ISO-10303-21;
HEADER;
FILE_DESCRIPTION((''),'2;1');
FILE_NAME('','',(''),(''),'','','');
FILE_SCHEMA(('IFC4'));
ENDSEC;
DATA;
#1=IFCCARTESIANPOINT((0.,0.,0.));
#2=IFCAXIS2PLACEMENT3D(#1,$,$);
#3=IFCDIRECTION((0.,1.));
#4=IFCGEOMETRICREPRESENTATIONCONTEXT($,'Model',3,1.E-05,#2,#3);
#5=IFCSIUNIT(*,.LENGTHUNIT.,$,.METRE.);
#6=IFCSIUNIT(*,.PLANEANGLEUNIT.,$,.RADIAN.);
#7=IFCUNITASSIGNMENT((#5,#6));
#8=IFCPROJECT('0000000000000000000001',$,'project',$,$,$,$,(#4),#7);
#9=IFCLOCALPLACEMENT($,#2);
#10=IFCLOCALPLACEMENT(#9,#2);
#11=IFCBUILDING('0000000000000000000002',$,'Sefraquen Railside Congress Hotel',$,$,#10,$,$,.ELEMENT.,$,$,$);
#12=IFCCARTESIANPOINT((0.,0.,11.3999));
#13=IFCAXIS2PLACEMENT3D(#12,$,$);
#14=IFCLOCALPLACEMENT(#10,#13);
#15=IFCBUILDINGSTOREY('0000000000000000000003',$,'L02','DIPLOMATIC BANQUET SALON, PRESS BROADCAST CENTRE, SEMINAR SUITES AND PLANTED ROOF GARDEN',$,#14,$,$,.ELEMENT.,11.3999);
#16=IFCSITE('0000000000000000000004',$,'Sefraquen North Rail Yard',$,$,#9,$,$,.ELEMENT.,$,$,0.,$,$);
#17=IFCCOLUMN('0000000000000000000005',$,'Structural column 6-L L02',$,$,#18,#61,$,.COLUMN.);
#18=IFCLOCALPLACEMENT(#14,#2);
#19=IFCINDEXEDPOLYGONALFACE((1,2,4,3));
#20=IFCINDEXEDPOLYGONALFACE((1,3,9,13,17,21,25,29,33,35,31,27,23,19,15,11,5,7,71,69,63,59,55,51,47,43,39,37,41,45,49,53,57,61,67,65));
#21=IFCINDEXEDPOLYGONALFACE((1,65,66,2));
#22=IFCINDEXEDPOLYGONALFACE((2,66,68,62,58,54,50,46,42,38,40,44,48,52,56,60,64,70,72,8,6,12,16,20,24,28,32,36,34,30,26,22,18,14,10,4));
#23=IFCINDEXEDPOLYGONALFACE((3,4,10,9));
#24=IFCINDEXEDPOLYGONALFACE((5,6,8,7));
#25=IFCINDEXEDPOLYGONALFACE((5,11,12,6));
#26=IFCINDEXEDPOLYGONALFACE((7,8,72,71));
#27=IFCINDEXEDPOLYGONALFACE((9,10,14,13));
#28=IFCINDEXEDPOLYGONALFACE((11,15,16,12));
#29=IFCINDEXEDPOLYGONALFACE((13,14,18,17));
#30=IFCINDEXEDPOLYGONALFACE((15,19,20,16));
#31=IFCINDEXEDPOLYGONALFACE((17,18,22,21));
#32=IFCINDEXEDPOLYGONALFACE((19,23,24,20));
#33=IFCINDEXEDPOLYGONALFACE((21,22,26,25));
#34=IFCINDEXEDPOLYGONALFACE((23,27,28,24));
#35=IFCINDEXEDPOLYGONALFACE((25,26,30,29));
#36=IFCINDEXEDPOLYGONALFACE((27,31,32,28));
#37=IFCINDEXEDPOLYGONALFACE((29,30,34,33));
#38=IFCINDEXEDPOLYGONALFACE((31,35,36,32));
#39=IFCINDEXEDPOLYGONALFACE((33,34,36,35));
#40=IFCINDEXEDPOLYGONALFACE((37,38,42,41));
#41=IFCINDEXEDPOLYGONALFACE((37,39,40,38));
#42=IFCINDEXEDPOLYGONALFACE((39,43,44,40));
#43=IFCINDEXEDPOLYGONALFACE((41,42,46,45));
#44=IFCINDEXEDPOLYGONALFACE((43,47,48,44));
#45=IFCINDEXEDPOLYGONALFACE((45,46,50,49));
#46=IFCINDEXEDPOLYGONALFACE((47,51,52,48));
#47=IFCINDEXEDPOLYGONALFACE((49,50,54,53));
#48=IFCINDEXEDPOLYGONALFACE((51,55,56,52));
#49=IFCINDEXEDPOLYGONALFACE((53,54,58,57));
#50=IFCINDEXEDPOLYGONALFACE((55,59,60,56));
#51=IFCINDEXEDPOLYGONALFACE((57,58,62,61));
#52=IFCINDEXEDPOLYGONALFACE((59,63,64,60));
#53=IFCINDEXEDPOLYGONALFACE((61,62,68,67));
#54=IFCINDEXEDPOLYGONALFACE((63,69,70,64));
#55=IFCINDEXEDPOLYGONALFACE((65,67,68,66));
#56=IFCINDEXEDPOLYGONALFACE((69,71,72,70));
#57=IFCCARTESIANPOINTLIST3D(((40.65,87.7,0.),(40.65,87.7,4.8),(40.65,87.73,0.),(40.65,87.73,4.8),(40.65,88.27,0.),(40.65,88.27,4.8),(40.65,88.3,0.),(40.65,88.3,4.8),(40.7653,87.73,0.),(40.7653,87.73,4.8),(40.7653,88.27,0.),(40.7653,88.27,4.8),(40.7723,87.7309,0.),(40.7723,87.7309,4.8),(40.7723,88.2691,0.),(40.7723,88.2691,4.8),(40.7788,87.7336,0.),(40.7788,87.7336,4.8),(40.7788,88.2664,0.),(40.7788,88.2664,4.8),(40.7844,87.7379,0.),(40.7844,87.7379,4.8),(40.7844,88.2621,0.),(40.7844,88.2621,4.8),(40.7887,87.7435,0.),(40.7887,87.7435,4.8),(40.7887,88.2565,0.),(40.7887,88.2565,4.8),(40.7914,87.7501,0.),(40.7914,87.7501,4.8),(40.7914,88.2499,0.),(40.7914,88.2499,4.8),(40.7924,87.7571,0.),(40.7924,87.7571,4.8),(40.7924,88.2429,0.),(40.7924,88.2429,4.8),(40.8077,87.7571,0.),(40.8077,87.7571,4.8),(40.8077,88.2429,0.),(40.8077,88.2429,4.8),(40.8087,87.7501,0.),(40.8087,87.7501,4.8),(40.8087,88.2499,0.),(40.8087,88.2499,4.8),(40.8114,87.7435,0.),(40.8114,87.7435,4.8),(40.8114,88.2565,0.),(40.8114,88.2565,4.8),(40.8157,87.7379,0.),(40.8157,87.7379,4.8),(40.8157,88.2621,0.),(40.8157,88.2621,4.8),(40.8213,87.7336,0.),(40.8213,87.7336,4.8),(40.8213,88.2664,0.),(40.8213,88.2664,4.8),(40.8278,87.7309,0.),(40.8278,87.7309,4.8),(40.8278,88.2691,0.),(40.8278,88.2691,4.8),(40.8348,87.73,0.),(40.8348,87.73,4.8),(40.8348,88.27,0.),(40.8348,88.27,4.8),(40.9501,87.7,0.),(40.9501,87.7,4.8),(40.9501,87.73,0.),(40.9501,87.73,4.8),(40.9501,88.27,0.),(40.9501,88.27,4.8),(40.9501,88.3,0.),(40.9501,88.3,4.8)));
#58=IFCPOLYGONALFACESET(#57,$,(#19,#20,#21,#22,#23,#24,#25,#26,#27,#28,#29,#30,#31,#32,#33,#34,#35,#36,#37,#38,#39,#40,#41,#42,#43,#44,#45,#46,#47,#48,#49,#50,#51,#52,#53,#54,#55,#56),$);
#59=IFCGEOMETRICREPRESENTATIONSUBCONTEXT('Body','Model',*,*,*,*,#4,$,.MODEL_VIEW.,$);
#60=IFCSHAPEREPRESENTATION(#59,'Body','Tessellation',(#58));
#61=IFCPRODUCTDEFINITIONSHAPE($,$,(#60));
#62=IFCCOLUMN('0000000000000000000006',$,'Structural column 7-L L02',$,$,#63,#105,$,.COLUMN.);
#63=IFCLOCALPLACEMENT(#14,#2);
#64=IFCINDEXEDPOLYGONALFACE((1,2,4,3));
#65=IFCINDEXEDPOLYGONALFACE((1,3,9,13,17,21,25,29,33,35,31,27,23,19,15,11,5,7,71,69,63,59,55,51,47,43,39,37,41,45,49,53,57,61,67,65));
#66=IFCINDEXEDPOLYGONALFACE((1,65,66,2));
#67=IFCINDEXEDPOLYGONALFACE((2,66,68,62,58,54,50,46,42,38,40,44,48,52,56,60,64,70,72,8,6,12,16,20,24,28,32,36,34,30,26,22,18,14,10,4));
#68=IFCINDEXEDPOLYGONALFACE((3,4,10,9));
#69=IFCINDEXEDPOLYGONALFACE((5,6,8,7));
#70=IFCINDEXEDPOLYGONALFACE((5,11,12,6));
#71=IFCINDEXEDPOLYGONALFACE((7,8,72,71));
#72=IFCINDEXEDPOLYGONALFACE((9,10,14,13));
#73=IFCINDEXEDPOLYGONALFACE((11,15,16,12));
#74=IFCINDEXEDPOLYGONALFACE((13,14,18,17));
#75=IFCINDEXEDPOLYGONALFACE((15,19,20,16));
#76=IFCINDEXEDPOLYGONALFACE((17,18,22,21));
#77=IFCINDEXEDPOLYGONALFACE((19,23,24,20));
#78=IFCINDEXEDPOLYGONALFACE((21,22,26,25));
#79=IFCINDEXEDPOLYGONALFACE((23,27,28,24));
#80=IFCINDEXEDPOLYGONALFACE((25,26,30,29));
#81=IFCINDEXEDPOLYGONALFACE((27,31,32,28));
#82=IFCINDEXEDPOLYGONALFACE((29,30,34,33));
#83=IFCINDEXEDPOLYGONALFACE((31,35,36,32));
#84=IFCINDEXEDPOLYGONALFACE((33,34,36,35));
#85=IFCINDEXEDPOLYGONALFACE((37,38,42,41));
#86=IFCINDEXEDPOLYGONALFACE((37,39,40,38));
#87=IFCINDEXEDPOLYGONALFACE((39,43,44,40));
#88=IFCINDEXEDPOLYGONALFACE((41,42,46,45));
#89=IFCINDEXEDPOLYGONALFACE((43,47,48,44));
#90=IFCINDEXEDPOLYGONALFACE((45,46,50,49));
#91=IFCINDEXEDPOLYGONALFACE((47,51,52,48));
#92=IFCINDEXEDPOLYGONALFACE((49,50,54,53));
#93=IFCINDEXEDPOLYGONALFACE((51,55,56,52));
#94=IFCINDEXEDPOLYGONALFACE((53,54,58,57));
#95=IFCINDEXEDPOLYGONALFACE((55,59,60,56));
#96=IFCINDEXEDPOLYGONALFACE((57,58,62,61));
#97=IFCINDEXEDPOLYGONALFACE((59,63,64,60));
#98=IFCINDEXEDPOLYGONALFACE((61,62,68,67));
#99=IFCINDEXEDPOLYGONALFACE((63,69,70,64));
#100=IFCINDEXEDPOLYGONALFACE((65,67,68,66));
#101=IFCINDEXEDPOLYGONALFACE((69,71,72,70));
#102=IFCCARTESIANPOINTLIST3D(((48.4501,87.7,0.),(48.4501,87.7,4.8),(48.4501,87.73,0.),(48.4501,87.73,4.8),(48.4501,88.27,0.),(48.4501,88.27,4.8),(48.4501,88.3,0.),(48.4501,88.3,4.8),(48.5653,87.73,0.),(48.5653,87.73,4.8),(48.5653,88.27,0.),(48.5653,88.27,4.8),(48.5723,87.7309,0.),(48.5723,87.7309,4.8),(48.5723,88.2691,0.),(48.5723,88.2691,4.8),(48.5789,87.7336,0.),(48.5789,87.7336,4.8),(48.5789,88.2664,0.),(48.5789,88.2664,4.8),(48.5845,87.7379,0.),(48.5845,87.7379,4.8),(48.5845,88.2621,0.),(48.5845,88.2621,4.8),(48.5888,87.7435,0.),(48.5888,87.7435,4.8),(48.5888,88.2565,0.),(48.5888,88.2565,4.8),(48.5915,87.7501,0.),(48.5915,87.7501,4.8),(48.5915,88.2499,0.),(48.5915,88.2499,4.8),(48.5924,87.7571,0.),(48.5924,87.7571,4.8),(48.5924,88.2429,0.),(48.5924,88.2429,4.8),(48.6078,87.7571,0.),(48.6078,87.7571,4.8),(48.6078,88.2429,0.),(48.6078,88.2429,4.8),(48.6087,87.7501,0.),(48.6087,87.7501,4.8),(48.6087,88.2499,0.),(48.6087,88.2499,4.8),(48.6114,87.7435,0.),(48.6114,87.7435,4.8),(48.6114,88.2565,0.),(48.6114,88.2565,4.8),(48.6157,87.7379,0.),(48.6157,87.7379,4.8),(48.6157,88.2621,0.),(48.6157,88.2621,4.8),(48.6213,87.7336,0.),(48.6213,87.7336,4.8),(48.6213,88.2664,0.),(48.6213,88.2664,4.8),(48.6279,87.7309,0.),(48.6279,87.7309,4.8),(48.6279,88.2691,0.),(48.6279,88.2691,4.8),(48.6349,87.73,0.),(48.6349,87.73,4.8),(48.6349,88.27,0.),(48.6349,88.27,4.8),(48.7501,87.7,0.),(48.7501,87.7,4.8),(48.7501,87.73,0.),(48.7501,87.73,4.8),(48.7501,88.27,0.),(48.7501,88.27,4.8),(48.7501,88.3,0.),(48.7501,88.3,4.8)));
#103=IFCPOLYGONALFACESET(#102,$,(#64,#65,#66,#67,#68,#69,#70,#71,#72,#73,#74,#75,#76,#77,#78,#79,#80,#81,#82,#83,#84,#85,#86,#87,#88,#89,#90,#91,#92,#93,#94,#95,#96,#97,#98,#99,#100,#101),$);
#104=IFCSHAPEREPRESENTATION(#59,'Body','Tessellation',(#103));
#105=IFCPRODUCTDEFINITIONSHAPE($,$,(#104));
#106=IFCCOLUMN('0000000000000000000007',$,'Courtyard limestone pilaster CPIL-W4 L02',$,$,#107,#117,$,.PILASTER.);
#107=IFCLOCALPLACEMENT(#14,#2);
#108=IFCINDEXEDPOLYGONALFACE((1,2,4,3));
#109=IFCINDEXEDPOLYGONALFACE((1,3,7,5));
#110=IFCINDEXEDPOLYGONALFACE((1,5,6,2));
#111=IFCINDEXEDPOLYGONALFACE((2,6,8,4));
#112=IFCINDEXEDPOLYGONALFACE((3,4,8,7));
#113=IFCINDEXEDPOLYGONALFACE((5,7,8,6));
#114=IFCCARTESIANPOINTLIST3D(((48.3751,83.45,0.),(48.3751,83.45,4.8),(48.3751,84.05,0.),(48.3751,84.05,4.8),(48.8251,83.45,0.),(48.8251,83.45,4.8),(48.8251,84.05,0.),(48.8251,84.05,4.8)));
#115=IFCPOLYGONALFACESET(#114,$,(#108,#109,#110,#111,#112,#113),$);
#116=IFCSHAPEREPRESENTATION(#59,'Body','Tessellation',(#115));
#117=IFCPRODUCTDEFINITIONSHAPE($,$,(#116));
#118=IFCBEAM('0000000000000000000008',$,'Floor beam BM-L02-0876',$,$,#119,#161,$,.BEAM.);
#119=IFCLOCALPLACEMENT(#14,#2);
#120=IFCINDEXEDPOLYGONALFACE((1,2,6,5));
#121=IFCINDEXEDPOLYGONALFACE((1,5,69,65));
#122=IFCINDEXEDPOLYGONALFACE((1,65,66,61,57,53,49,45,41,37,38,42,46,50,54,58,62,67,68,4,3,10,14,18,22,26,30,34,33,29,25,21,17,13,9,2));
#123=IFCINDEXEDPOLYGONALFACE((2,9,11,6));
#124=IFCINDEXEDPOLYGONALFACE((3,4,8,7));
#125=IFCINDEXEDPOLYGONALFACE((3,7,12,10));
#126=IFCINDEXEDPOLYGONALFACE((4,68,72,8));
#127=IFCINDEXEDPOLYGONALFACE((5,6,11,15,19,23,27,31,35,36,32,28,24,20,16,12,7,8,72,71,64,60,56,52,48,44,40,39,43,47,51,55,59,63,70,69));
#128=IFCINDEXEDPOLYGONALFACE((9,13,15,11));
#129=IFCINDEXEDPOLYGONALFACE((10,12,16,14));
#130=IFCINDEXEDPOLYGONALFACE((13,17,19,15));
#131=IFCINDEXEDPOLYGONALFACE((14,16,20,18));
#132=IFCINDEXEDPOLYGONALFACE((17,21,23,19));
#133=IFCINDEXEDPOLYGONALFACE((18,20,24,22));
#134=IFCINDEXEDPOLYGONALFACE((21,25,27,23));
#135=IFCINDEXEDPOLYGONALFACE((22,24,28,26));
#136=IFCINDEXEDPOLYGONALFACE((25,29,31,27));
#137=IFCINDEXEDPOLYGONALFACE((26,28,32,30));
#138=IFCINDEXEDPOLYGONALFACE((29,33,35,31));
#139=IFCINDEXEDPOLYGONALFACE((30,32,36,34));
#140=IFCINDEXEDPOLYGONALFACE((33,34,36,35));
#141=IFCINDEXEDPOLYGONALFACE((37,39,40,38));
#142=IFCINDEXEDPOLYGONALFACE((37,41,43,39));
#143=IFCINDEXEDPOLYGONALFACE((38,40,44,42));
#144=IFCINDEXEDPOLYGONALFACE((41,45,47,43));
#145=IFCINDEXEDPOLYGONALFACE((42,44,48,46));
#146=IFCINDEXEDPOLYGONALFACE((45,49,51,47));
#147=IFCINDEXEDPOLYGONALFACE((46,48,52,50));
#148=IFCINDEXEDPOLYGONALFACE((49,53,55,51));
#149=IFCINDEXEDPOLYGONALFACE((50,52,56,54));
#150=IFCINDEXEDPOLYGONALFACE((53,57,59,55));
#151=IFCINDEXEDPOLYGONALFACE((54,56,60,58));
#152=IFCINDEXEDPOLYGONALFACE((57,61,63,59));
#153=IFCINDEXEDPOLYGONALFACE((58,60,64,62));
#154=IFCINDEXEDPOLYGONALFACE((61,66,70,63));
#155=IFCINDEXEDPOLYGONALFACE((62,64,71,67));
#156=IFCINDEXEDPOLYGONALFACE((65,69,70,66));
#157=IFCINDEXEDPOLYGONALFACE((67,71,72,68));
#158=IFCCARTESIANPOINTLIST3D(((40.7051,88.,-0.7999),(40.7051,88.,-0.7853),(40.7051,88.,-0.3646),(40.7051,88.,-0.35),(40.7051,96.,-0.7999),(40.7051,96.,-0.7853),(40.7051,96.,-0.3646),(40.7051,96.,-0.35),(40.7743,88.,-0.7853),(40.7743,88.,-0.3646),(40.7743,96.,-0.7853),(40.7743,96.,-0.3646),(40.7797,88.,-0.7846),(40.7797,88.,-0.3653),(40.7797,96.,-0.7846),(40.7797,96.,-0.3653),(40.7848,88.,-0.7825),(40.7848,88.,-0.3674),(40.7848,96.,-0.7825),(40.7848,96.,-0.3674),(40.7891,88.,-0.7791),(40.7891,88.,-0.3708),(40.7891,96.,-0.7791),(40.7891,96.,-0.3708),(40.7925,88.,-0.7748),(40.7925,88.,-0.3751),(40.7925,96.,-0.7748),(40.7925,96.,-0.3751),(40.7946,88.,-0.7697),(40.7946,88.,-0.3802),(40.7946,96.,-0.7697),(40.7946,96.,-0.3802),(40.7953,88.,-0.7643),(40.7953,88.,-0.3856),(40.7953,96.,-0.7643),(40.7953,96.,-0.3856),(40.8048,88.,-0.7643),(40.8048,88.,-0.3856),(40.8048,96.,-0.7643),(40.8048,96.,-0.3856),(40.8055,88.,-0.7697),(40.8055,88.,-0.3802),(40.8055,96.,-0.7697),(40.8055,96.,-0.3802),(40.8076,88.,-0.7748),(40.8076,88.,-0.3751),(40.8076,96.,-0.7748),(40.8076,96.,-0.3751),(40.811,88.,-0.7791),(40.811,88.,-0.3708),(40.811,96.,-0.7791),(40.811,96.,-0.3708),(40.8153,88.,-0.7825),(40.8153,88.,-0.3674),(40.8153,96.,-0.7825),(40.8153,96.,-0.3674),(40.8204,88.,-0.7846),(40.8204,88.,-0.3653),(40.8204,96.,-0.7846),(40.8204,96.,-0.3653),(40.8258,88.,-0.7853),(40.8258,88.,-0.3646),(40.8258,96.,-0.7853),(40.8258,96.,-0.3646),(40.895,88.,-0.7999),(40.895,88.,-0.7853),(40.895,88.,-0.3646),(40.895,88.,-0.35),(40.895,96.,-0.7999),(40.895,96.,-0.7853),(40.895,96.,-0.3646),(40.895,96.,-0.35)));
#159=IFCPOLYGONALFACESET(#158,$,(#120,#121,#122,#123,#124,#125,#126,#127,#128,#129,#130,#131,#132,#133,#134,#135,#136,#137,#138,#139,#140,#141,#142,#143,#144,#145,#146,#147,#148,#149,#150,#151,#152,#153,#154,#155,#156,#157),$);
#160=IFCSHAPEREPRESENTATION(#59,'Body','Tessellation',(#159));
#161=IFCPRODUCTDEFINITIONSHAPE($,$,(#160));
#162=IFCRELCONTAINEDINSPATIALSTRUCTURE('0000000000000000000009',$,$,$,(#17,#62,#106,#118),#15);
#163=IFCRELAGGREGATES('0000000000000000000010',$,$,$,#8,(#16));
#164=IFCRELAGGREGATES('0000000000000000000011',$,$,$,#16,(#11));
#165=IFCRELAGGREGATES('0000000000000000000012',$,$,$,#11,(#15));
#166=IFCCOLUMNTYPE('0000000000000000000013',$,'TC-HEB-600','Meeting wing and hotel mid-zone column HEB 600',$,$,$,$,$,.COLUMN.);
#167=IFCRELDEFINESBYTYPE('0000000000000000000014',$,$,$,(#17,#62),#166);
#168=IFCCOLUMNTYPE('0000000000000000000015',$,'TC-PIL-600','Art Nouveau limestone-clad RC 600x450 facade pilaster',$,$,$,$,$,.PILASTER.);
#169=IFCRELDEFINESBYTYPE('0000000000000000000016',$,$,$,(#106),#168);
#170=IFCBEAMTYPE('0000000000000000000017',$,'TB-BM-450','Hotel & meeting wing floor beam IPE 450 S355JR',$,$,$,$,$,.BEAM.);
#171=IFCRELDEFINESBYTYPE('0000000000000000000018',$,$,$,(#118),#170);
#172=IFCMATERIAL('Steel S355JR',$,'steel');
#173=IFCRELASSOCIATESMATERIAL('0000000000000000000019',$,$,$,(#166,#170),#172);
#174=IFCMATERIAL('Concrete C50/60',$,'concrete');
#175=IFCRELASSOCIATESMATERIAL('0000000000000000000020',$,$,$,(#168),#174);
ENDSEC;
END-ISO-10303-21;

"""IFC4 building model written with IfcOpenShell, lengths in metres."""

from ifc_helpers import new_model, si_unit, direction, frame, origin, origin_2d, place, context, subcontext, project, spatial, rectangle, i_section, extrude, material, material_profile, profile_set, type_object, element, save


model = new_model("IFC4")

# Units and contexts
model_context = context("Model", 3, precision=1e-05, world=origin(), true_north=direction((0.0, 1.0)))
body_context = subcontext(model_context, "Body", "Model", "MODEL_VIEW")
ifc_project = project(units=[si_unit("LENGTHUNIT", "METRE"), si_unit("PLANEANGLEUNIT", "RADIAN")], contexts=[model_context])

# Site, building, storey
site_placement = place(None, origin())
site = spatial("IfcSite", under=ifc_project, at=site_placement, Name="Sefraquen North Rail Yard", CompositionType="ELEMENT", RefElevation=0.0)
building_placement = place(site_placement, origin())
building = spatial("IfcBuilding", under=site, at=building_placement, Name="Sefraquen Railside Congress Hotel", CompositionType="ELEMENT")
storey_placement = place(building_placement, frame((0.0, 0.0, 11.3999)))
storey = spatial("IfcBuildingStorey", under=building, at=storey_placement, Name="L02", Description="DIPLOMATIC BANQUET SALON, PRESS BROADCAST CENTRE, SEMINAR SUITES AND PLANTED ROOF GARDEN", CompositionType="ELEMENT", Elevation=11.3999)

# Columns
ifc_material_1 = material(Name="Steel S355JR", Category="steel")
ifc_material_profile_1 = material_profile(ifc_material_1, i_section(OverallWidth=0.3, OverallDepth=0.6001, WebThickness=0.0154, FlangeThickness=0.03, FilletRadius=0.0271, at=origin_2d()), Name="HEB 600")
ifc_profile_set_1 = profile_set([ifc_material_profile_1], Name="Steel S355JR")
column_type_1 = type_object("IfcColumnType", Name="TC-HEB-600", Description="Meeting wing and hotel mid-zone column HEB 600", PredefinedType="COLUMN", material=ifc_profile_set_1)
for number, where, z_axis, x_axis, name in (
    (1, (40.8, 88.0, 0.0), (0.0, 0.0, 1.0), (1.0, 0.0, 0.0), "Structural column 6-L L02"),
    (2, (48.6001, 88.0, 0.0), (0.0, 0.0, 1.0), (1.0, 0.0, 0.0), "Structural column 7-L L02"),
):
    element("IfcColumn", number, at=place(storey_placement, frame(where, z_axis=z_axis, x_axis=x_axis)), inside=storey, type_object=column_type_1, Name=name, PredefinedType="COLUMN", context=body_context, shape_type="SweptSolid", body=[
        extrude(i_section(OverallWidth=0.3, OverallDepth=0.6001, WebThickness=0.0154, FlangeThickness=0.03, FilletRadius=0.0271, at=origin_2d()), origin(), (0.0, 0.0, 1.0), 4.8),
    ])
ifc_material_2 = material(Name="Concrete C50/60", Category="concrete")
ifc_material_profile_2 = material_profile(ifc_material_2, rectangle(XDim=0.45, YDim=0.6001, at=origin_2d()), Name="RC 600x450")
ifc_profile_set_2 = profile_set([ifc_material_profile_2], Name="Concrete C50/60")
column_type_2 = type_object("IfcColumnType", Name="TC-PIL-600", Description="Art Nouveau limestone-clad RC 600x450 facade pilaster", PredefinedType="PILASTER", material=ifc_profile_set_2)
column_placement = place(storey_placement, frame((48.6001, 83.75, 0.0), z_axis=(0.0, 0.0, 1.0), x_axis=(1.0, 0.0, 0.0)))
element("IfcColumn", 3, at=column_placement, inside=storey, type_object=column_type_2, Name="Courtyard limestone pilaster CPIL-W4 L02", PredefinedType="PILASTER", context=body_context, shape_type="SweptSolid", body=[
    extrude(rectangle(XDim=0.45, YDim=0.6001, at=origin_2d()), origin(), (0.0, 0.0, 1.0), 4.8),
])

# Beam
ifc_material_profile_3 = material_profile(ifc_material_1, i_section(OverallWidth=0.1899, OverallDepth=0.45, WebThickness=0.0095, FlangeThickness=0.0146, FilletRadius=0.021, at=origin_2d()), Name="IPE 450")
ifc_profile_set_3 = profile_set([ifc_material_profile_3], Name="Steel S355JR")
beam_type_1 = type_object("IfcBeamType", Name="TB-BM-450", Description="Hotel & meeting wing floor beam IPE 450 S355JR", PredefinedType="BEAM", material=ifc_profile_set_3)
for number, where, z_axis, x_axis, name in (
    (4, (40.8, 88.0, -0.575), (0.0, 1.0, 0.0), (-1.0, 0.0, 0.0), "Floor beam BM-L02-0876"),
):
    element("IfcBeam", number, at=place(storey_placement, frame(where, z_axis=z_axis, x_axis=x_axis)), inside=storey, type_object=beam_type_1, Name=name, PredefinedType="BEAM", context=body_context, shape_type="SweptSolid", body=[
        extrude(i_section(OverallWidth=0.1899, OverallDepth=0.45, WebThickness=0.0095, FlangeThickness=0.0146, FilletRadius=0.021, at=origin_2d()), origin(), (0.0, 0.0, 1.0), 8.0),
    ])

save(model, "model.ifc")
